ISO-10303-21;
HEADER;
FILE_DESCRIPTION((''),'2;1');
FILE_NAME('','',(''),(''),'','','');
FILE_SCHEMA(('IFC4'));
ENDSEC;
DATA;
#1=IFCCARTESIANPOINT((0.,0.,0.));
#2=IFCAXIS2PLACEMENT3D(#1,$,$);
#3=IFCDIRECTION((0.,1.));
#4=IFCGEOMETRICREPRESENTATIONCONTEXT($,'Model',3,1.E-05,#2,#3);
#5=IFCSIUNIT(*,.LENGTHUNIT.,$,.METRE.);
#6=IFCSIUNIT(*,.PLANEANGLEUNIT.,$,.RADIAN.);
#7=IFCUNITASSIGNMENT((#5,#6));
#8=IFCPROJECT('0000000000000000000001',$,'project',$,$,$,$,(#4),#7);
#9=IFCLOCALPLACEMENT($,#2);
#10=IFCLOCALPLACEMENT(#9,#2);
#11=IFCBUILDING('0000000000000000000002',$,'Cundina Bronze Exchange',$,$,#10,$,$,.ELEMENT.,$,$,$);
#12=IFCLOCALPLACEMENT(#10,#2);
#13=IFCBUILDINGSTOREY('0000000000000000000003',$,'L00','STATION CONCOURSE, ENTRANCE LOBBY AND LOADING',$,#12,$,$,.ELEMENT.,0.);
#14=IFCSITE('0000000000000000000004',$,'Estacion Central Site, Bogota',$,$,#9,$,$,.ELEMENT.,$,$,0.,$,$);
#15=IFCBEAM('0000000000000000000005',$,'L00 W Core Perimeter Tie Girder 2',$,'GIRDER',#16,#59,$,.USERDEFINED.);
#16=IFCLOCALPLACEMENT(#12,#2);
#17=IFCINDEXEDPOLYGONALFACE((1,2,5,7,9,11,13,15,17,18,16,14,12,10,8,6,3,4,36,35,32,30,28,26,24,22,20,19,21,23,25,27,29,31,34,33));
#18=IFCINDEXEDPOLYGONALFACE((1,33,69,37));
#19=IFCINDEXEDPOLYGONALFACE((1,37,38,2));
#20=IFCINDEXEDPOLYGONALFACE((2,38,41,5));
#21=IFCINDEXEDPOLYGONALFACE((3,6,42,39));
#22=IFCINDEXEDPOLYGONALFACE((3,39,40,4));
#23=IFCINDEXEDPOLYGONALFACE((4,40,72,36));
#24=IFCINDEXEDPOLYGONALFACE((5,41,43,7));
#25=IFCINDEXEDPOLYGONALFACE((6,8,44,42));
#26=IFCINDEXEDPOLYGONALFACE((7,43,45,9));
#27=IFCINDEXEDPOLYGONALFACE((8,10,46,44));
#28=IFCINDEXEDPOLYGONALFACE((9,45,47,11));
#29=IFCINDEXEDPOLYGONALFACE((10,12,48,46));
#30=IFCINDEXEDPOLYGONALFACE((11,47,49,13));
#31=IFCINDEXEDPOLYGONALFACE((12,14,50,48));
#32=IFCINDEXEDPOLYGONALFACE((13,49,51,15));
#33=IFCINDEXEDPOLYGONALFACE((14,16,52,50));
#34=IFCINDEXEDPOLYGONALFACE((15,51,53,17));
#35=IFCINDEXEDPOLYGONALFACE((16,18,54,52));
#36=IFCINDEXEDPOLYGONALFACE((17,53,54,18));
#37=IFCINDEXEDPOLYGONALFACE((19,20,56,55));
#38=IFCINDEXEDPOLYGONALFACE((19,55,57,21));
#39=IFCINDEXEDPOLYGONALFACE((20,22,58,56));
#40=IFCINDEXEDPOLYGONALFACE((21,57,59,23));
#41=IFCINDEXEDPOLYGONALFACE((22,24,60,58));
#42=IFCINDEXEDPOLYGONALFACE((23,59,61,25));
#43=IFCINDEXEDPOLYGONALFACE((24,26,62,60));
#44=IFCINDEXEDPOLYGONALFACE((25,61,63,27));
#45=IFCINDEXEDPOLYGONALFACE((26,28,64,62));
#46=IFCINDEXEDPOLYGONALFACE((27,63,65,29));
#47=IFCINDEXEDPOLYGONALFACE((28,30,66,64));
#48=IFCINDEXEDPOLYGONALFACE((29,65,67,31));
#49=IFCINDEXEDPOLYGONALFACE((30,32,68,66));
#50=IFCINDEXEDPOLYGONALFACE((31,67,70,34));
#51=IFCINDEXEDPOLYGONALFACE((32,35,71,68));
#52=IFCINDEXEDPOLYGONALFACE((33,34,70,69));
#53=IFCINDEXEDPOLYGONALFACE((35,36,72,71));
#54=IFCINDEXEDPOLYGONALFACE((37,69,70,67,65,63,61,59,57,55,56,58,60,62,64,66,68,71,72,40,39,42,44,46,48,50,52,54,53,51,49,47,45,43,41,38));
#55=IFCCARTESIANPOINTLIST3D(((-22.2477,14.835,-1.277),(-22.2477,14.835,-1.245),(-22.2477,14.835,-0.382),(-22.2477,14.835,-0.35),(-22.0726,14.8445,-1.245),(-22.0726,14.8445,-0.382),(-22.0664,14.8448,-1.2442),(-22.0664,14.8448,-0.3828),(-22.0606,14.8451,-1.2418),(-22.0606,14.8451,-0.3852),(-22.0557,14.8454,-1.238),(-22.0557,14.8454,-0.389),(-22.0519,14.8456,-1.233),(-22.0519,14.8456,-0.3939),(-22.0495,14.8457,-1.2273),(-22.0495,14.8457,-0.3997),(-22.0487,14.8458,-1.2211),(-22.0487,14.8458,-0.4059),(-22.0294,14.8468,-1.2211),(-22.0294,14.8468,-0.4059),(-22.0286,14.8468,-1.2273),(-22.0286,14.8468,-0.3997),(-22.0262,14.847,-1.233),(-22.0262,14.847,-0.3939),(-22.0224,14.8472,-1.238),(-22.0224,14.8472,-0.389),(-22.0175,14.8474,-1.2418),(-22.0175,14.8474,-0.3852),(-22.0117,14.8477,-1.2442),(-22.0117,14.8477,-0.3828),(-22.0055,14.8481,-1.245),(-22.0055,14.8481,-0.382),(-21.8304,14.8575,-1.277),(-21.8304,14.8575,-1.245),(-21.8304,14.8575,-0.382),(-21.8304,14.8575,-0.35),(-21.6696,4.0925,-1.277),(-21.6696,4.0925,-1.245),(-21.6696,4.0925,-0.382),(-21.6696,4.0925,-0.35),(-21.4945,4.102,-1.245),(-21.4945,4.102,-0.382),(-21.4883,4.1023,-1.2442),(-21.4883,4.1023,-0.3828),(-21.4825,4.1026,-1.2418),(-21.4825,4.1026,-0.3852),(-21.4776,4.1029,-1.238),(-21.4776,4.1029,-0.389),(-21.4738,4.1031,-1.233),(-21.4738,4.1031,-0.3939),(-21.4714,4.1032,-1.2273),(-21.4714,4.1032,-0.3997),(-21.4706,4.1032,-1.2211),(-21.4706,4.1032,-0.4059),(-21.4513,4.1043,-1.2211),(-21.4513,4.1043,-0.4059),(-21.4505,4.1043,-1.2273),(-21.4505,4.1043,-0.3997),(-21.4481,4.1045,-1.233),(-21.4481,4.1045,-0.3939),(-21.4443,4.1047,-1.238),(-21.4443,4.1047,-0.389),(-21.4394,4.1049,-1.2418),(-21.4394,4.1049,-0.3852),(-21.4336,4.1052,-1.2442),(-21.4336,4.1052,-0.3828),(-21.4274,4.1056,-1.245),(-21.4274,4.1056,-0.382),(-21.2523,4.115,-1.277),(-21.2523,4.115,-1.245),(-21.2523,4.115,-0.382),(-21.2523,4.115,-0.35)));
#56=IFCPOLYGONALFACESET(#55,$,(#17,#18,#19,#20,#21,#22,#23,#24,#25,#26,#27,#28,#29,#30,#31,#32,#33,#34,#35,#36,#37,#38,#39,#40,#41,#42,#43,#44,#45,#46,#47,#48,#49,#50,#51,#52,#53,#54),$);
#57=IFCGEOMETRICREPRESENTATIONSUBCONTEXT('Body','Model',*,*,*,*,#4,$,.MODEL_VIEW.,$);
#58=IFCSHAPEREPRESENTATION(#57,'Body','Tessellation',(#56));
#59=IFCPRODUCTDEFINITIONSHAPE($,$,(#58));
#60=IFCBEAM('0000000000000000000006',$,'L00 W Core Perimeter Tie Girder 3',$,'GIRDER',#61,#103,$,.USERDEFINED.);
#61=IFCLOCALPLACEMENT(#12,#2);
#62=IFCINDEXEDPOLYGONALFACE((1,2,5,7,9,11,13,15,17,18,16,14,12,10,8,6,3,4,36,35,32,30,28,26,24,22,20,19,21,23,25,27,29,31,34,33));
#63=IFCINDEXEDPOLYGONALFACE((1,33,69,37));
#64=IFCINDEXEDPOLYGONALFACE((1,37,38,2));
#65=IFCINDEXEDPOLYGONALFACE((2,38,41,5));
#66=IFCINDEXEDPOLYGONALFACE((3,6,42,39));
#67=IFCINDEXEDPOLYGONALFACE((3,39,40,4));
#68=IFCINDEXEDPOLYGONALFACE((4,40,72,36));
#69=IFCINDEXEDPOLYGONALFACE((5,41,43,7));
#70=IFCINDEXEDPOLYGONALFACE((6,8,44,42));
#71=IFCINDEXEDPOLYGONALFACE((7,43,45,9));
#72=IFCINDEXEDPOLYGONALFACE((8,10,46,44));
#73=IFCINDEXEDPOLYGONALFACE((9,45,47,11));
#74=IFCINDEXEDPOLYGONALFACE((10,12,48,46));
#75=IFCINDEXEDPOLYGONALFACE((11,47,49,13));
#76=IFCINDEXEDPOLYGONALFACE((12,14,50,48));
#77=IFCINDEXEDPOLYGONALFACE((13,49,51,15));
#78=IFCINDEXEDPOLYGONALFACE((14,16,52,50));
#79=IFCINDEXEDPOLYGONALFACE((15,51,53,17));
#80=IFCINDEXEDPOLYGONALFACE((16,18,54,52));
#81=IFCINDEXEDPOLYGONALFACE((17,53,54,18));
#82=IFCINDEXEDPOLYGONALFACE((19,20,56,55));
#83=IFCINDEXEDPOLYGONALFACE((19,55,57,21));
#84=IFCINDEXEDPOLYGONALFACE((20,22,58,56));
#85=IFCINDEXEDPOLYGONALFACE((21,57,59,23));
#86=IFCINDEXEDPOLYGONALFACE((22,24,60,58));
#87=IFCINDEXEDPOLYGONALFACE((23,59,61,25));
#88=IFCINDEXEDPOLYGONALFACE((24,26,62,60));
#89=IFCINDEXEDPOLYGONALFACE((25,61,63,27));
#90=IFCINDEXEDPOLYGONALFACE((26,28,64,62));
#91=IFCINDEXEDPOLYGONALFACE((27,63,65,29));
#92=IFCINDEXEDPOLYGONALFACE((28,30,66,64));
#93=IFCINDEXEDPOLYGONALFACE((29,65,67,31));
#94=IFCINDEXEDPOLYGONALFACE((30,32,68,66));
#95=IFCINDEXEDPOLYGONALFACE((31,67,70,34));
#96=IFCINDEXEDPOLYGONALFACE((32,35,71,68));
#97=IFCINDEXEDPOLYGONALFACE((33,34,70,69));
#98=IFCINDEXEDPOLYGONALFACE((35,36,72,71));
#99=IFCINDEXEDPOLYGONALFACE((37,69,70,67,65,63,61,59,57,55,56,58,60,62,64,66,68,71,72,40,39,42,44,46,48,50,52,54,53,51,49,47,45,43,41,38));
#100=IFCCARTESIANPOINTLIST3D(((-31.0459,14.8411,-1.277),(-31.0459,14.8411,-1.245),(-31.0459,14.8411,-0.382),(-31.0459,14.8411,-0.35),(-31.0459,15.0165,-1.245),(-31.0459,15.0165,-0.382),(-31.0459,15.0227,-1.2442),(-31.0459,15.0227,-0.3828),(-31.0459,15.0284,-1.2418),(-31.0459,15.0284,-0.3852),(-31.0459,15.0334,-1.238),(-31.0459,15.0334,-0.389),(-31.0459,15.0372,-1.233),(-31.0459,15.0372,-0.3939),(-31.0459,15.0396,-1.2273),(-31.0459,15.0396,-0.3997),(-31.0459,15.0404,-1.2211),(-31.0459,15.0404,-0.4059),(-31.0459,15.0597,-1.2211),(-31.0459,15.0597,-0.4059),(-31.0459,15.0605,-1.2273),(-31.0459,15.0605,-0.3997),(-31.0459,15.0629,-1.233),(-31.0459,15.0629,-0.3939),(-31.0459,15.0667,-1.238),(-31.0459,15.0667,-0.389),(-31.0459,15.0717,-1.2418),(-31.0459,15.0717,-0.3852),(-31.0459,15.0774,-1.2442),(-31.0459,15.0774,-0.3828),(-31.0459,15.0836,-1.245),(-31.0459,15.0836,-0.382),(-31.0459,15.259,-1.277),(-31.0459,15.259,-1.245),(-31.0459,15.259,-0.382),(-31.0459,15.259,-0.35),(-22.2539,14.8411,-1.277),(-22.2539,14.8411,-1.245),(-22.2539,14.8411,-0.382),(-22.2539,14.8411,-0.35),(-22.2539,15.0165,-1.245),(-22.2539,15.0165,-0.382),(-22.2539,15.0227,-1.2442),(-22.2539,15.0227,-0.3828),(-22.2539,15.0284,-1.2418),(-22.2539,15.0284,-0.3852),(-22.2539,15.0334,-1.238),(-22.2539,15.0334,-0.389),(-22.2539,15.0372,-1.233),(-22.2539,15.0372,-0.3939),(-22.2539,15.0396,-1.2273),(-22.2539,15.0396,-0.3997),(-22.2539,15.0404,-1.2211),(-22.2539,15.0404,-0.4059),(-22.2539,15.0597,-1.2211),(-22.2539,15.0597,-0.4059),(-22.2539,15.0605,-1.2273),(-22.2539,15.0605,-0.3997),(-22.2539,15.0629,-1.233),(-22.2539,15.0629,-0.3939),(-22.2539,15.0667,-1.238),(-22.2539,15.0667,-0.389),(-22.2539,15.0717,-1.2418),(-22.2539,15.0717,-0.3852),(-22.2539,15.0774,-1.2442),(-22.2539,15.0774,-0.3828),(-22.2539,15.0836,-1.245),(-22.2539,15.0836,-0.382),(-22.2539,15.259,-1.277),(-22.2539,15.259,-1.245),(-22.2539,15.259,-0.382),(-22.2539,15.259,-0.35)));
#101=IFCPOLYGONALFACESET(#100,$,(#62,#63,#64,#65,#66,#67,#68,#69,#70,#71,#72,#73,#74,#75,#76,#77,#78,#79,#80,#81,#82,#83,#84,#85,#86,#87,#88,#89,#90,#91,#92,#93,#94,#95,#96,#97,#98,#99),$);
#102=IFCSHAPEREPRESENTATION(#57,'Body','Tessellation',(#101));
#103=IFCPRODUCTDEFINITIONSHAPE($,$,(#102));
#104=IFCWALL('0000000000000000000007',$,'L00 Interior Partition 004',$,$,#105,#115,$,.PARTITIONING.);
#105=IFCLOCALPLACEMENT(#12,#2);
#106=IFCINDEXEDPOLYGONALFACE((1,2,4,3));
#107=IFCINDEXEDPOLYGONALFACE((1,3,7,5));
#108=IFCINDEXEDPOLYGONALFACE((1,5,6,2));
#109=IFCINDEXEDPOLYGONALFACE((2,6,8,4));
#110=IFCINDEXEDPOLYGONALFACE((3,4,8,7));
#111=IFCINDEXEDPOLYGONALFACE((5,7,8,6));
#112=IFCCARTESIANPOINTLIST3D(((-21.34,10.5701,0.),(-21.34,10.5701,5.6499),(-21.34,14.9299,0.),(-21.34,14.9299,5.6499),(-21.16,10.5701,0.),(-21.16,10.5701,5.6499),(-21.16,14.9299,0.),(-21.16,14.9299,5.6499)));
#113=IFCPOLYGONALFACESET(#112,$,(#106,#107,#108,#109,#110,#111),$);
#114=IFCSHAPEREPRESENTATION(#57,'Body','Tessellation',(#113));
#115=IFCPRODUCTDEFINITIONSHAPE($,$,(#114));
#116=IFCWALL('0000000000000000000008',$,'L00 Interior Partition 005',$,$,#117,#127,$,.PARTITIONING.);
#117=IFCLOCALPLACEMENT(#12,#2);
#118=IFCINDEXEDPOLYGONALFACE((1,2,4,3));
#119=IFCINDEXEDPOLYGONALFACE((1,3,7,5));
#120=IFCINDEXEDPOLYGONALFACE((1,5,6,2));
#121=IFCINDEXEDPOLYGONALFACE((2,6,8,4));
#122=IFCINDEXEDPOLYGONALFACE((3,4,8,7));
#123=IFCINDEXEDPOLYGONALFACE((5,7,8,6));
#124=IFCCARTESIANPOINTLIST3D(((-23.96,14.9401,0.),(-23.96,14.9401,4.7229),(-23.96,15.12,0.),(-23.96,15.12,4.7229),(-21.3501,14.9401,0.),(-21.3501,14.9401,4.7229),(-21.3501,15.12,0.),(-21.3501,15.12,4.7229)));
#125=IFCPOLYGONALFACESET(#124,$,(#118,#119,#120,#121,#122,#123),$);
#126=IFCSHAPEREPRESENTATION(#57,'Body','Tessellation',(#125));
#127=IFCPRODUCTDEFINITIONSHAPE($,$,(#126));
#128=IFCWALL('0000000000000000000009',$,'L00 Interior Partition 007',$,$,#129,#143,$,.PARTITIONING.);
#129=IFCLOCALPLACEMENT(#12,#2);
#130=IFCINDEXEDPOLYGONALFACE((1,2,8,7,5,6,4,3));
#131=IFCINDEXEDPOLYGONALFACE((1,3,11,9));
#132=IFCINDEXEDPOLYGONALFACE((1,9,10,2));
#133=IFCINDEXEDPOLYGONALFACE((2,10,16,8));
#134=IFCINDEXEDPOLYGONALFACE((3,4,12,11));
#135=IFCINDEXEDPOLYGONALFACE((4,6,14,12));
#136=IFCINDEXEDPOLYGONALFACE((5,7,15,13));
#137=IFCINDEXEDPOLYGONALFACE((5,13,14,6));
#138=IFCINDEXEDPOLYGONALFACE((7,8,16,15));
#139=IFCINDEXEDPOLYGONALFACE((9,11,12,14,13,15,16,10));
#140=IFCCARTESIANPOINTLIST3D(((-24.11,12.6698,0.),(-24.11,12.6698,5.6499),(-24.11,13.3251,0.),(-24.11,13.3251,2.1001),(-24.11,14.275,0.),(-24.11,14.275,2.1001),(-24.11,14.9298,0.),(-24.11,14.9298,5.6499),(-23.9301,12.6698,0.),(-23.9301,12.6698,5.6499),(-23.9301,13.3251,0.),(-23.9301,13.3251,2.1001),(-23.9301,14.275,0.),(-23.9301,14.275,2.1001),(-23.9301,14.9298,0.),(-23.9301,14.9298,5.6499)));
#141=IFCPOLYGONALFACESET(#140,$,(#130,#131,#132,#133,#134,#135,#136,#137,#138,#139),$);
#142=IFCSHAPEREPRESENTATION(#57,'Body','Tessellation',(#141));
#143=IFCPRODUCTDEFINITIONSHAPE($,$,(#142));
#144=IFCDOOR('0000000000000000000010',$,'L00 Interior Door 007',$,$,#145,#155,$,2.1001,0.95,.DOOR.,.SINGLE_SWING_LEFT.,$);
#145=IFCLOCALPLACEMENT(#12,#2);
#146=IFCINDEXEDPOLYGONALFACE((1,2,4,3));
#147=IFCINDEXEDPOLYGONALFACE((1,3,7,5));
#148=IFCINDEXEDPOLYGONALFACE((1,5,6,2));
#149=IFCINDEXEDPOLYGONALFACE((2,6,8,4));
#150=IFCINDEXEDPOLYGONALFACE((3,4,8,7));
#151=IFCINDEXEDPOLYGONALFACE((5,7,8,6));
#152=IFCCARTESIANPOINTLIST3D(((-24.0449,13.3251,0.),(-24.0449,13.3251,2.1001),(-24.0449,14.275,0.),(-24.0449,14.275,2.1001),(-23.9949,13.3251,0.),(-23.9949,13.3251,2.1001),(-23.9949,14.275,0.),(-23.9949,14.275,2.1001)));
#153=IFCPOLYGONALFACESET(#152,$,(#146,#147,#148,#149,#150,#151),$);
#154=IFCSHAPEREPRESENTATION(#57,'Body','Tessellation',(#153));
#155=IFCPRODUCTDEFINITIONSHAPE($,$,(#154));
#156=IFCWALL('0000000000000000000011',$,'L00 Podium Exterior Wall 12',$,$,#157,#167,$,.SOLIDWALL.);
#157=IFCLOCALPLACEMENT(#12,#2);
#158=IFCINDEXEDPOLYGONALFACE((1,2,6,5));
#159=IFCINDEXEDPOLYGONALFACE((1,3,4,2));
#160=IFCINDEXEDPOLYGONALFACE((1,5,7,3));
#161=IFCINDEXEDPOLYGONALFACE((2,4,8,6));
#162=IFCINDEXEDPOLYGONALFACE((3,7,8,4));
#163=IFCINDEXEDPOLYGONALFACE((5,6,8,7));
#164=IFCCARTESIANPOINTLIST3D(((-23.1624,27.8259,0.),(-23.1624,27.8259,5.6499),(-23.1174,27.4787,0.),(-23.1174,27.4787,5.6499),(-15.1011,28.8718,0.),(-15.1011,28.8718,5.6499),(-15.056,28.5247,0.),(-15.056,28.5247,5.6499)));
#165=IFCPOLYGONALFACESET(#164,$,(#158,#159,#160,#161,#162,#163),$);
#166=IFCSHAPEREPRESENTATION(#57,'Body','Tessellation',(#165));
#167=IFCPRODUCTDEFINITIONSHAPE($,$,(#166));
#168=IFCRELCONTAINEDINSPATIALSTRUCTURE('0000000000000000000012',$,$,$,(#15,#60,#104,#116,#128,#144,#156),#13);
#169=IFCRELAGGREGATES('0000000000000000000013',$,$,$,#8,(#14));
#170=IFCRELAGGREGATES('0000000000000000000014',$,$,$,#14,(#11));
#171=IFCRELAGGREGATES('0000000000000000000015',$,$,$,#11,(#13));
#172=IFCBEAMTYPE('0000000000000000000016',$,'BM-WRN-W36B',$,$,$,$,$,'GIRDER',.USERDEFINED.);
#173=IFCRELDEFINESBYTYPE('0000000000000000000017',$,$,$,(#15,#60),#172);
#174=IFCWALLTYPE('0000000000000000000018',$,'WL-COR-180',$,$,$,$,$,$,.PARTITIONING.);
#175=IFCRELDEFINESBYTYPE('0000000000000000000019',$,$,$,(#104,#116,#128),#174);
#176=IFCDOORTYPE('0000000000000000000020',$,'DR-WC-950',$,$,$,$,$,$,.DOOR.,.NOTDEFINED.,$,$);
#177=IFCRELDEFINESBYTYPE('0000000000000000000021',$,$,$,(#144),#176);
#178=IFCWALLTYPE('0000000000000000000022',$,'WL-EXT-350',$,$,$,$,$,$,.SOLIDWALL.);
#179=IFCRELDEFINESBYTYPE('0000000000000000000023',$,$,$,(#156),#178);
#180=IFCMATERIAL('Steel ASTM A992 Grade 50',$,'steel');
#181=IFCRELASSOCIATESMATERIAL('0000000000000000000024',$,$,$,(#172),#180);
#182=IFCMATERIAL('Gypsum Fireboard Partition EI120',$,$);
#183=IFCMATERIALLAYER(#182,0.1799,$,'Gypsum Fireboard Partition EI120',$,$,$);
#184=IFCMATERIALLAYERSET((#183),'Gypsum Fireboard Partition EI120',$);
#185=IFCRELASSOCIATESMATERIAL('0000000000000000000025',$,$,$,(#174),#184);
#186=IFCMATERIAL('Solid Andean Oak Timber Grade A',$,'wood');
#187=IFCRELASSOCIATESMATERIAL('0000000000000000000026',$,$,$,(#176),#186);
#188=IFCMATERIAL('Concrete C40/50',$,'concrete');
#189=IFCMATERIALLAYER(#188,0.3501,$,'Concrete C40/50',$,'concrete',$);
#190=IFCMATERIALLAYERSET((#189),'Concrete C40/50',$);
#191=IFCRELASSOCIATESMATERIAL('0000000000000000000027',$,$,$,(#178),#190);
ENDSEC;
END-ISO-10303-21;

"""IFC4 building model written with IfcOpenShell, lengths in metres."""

from ifc_helpers import new_model, si_unit, direction, frame, frame_2d, origin, origin_2d, place, context, subcontext, project, spatial, rectangle, i_section, extrude, material, layer, layer_set, material_profile, profile_set, type_object, element, fill, save


model = new_model("IFC4")

# Units and contexts
model_context = context("Model", 3, precision=1e-05, world=origin(), true_north=direction((0.0, 1.0)))
body_context = subcontext(model_context, "Body", "Model", "MODEL_VIEW")
ifc_project = project(units=[si_unit("LENGTHUNIT", "METRE"), si_unit("PLANEANGLEUNIT", "RADIAN")], contexts=[model_context])

# Site, building, storey
site_placement = place(None, origin())
site = spatial("IfcSite", under=ifc_project, at=site_placement, Name="Estacion Central Site, Bogota", CompositionType="ELEMENT", RefElevation=0.0)
building_placement = place(site_placement, origin())
building = spatial("IfcBuilding", under=site, at=building_placement, Name="Cundina Bronze Exchange", CompositionType="ELEMENT")
storey_placement = place(building_placement, origin())
storey = spatial("IfcBuildingStorey", under=building, at=storey_placement, Name="L00", Description="STATION CONCOURSE, ENTRANCE LOBBY AND LOADING", CompositionType="ELEMENT", Elevation=0.0)

# Shared definitions
ifc_material_1 = material(Name="Steel ASTM A992 Grade 50", Category="steel")

# Beams
ifc_material_profile_1 = material_profile(ifc_material_1, i_section(OverallWidth=0.418, OverallDepth=0.927, WebThickness=0.0193, FlangeThickness=0.032, FilletRadius=0.0239, at=origin_2d()), Name="W36X231", Category="steel")
ifc_profile_set_1 = profile_set([ifc_material_profile_1], Name="Steel ASTM A992 Grade 50")
beam_type_1 = type_object("IfcBeamType", Name="BM-WRN-W36B", ElementType="GIRDER", PredefinedType="USERDEFINED", material=ifc_profile_set_1)
beam_1_placement = place(storey_placement, frame((-21.4609, 4.1038, -0.8135), z_axis=(-0.053739, 0.998555, 0.0), x_axis=(-0.998555, -0.053739, 0.0)))
element("IfcBeam", 1, at=beam_1_placement, inside=storey, type_object=beam_type_1, Name="L00 W Core Perimeter Tie Girder 2", ObjectType="GIRDER", PredefinedType="USERDEFINED", context=body_context, shape_type="SweptSolid", body=[
    extrude(i_section(OverallWidth=0.418, OverallDepth=0.927, WebThickness=0.0193, FlangeThickness=0.032, FilletRadius=0.0239, at=origin_2d()), origin(), (0.0, 0.0, 1.0), 10.7581),
])
beam_2_placement = place(storey_placement, frame((-22.2539, 15.05, -0.8135), z_axis=(-1.0, 0.0, 0.0), x_axis=(0.0, -1.0, 0.0)))
element("IfcBeam", 2, at=beam_2_placement, inside=storey, type_object=beam_type_1, Name="L00 W Core Perimeter Tie Girder 3", ObjectType="GIRDER", PredefinedType="USERDEFINED", context=body_context, shape_type="SweptSolid", body=[
    extrude(i_section(OverallWidth=0.418, OverallDepth=0.927, WebThickness=0.0193, FlangeThickness=0.032, FilletRadius=0.0239, at=origin_2d()), origin(), (0.0, 0.0, 1.0), 8.792),
])

# Walls
ifc_material_2 = material(Name="Gypsum Fireboard Partition EI120")
ifc_layer_1 = layer(ifc_material_2, 0.1799, Name="Gypsum Fireboard Partition EI120")
ifc_layer_set_1 = layer_set([ifc_layer_1], Name="Gypsum Fireboard Partition EI120")
wall_type_1 = type_object("IfcWallType", Name="WL-COR-180", PredefinedType="PARTITIONING", material=ifc_layer_set_1)
wall_1_placement = place(storey_placement, frame((-21.25, 10.5701, 0.0), z_axis=(0.0, 0.0, 1.0), x_axis=(0.0, 1.0, 0.0)))
element("IfcWall", 3, at=wall_1_placement, inside=storey, type_object=wall_type_1, Name="L00 Interior Partition 004", PredefinedType="PARTITIONING", context=body_context, shape_type="SweptSolid", body=[
    extrude(rectangle(XDim=4.3599, YDim=0.1799, at=frame_2d((2.1799, 0.0))), origin(), (0.0, 0.0, 1.0), 5.6499),
])
wall_2_placement = place(storey_placement, frame((-23.96, 15.03, 0.0), z_axis=(0.0, 0.0, 1.0), x_axis=(1.0, 0.0, 0.0)))
element("IfcWall", 4, at=wall_2_placement, inside=storey, type_object=wall_type_1, Name="L00 Interior Partition 005", PredefinedType="PARTITIONING", context=body_context, shape_type="SweptSolid", body=[
    extrude(rectangle(XDim=2.6099, YDim=0.1799, at=frame_2d((1.3049, 0.0))), origin(), (0.0, 0.0, 1.0), 4.7229),
])

# Wall, opening, door
wall_3_placement = place(storey_placement, frame((-24.02, 12.6699, 0.0), z_axis=(0.0, 0.0, 1.0), x_axis=(0.0, 1.0, 0.0)))
wall_3 = element("IfcWall", 5, at=wall_3_placement, inside=storey, type_object=wall_type_1, Name="L00 Interior Partition 007", PredefinedType="PARTITIONING", context=body_context, shape_type="SweptSolid", body=[
    extrude(rectangle(XDim=2.26, YDim=0.1799, at=frame_2d((1.1299, 0.0))), origin(), (0.0, 0.0, 1.0), 5.6499),
])
opening_1_placement = place(wall_3_placement, frame((0.655, 0.0, 0.0)))
opening_1 = element("IfcOpeningElement", 6, at=opening_1_placement, cuts=wall_3, PredefinedType="OPENING", context=body_context, shape_type="SweptSolid", body=[
    extrude(rectangle(XDim=0.95, YDim=2.1001, at=frame_2d((0.4751, 1.05))), frame((0.0, 0.0999, 0.0), z_axis=(0.0, -1.0, 0.0), x_axis=(1.0, 0.0, 0.0)), (0.0, 0.0, 1.0), 0.2),
])
ifc_material_3 = material(Name="Solid Andean Oak Timber Grade A", Category="wood")
door_type_1 = type_object("IfcDoorType", Name="DR-WC-950", OperationType="NOTDEFINED", PredefinedType="DOOR", material=ifc_material_3)
door_1_placement = place(opening_1_placement, origin())
door_1 = element("IfcDoor", 7, at=door_1_placement, inside=storey, type_object=door_type_1, Name="L00 Interior Door 007", OperationType="SINGLE_SWING_LEFT", OverallHeight=2.1001, OverallWidth=0.95, PredefinedType="DOOR", context=body_context, shape_type="SweptSolid", body=[
    extrude(rectangle(XDim=0.95, YDim=2.1001, at=frame_2d((0.4751, 1.05))), frame((0.0, 0.0249, 0.0), z_axis=(0.0, -1.0, 0.0), x_axis=(1.0, 0.0, 0.0)), (0.0, 0.0, 1.0), 0.05),
])
fill(opening_1, door_1)

# Wall
ifc_material_4 = material(Name="Concrete C40/50", Category="concrete")
ifc_layer_2 = layer(ifc_material_4, 0.3501, Name="Concrete C40/50", Category="concrete")
ifc_layer_set_2 = layer_set([ifc_layer_2], Name="Concrete C40/50")
wall_type_2 = type_object("IfcWallType", Name="WL-EXT-350", PredefinedType="SOLIDWALL", material=ifc_layer_set_2)
wall_4_placement = place(storey_placement, frame((-23.1399, 27.6523, 0.0), z_axis=(0.0, 0.0, 1.0), x_axis=(0.991688, 0.128665, 0.0)))
element("IfcWall", 8, at=wall_4_placement, inside=storey, type_object=wall_type_2, Name="L00 Podium Exterior Wall 12", PredefinedType="SOLIDWALL", context=body_context, shape_type="SweptSolid", body=[
    extrude(rectangle(XDim=8.1289, YDim=0.3501, at=frame_2d((4.0645, 0.0))), origin(), (0.0, 0.0, 1.0), 5.6499),
])

save(model, "model.ifc")
